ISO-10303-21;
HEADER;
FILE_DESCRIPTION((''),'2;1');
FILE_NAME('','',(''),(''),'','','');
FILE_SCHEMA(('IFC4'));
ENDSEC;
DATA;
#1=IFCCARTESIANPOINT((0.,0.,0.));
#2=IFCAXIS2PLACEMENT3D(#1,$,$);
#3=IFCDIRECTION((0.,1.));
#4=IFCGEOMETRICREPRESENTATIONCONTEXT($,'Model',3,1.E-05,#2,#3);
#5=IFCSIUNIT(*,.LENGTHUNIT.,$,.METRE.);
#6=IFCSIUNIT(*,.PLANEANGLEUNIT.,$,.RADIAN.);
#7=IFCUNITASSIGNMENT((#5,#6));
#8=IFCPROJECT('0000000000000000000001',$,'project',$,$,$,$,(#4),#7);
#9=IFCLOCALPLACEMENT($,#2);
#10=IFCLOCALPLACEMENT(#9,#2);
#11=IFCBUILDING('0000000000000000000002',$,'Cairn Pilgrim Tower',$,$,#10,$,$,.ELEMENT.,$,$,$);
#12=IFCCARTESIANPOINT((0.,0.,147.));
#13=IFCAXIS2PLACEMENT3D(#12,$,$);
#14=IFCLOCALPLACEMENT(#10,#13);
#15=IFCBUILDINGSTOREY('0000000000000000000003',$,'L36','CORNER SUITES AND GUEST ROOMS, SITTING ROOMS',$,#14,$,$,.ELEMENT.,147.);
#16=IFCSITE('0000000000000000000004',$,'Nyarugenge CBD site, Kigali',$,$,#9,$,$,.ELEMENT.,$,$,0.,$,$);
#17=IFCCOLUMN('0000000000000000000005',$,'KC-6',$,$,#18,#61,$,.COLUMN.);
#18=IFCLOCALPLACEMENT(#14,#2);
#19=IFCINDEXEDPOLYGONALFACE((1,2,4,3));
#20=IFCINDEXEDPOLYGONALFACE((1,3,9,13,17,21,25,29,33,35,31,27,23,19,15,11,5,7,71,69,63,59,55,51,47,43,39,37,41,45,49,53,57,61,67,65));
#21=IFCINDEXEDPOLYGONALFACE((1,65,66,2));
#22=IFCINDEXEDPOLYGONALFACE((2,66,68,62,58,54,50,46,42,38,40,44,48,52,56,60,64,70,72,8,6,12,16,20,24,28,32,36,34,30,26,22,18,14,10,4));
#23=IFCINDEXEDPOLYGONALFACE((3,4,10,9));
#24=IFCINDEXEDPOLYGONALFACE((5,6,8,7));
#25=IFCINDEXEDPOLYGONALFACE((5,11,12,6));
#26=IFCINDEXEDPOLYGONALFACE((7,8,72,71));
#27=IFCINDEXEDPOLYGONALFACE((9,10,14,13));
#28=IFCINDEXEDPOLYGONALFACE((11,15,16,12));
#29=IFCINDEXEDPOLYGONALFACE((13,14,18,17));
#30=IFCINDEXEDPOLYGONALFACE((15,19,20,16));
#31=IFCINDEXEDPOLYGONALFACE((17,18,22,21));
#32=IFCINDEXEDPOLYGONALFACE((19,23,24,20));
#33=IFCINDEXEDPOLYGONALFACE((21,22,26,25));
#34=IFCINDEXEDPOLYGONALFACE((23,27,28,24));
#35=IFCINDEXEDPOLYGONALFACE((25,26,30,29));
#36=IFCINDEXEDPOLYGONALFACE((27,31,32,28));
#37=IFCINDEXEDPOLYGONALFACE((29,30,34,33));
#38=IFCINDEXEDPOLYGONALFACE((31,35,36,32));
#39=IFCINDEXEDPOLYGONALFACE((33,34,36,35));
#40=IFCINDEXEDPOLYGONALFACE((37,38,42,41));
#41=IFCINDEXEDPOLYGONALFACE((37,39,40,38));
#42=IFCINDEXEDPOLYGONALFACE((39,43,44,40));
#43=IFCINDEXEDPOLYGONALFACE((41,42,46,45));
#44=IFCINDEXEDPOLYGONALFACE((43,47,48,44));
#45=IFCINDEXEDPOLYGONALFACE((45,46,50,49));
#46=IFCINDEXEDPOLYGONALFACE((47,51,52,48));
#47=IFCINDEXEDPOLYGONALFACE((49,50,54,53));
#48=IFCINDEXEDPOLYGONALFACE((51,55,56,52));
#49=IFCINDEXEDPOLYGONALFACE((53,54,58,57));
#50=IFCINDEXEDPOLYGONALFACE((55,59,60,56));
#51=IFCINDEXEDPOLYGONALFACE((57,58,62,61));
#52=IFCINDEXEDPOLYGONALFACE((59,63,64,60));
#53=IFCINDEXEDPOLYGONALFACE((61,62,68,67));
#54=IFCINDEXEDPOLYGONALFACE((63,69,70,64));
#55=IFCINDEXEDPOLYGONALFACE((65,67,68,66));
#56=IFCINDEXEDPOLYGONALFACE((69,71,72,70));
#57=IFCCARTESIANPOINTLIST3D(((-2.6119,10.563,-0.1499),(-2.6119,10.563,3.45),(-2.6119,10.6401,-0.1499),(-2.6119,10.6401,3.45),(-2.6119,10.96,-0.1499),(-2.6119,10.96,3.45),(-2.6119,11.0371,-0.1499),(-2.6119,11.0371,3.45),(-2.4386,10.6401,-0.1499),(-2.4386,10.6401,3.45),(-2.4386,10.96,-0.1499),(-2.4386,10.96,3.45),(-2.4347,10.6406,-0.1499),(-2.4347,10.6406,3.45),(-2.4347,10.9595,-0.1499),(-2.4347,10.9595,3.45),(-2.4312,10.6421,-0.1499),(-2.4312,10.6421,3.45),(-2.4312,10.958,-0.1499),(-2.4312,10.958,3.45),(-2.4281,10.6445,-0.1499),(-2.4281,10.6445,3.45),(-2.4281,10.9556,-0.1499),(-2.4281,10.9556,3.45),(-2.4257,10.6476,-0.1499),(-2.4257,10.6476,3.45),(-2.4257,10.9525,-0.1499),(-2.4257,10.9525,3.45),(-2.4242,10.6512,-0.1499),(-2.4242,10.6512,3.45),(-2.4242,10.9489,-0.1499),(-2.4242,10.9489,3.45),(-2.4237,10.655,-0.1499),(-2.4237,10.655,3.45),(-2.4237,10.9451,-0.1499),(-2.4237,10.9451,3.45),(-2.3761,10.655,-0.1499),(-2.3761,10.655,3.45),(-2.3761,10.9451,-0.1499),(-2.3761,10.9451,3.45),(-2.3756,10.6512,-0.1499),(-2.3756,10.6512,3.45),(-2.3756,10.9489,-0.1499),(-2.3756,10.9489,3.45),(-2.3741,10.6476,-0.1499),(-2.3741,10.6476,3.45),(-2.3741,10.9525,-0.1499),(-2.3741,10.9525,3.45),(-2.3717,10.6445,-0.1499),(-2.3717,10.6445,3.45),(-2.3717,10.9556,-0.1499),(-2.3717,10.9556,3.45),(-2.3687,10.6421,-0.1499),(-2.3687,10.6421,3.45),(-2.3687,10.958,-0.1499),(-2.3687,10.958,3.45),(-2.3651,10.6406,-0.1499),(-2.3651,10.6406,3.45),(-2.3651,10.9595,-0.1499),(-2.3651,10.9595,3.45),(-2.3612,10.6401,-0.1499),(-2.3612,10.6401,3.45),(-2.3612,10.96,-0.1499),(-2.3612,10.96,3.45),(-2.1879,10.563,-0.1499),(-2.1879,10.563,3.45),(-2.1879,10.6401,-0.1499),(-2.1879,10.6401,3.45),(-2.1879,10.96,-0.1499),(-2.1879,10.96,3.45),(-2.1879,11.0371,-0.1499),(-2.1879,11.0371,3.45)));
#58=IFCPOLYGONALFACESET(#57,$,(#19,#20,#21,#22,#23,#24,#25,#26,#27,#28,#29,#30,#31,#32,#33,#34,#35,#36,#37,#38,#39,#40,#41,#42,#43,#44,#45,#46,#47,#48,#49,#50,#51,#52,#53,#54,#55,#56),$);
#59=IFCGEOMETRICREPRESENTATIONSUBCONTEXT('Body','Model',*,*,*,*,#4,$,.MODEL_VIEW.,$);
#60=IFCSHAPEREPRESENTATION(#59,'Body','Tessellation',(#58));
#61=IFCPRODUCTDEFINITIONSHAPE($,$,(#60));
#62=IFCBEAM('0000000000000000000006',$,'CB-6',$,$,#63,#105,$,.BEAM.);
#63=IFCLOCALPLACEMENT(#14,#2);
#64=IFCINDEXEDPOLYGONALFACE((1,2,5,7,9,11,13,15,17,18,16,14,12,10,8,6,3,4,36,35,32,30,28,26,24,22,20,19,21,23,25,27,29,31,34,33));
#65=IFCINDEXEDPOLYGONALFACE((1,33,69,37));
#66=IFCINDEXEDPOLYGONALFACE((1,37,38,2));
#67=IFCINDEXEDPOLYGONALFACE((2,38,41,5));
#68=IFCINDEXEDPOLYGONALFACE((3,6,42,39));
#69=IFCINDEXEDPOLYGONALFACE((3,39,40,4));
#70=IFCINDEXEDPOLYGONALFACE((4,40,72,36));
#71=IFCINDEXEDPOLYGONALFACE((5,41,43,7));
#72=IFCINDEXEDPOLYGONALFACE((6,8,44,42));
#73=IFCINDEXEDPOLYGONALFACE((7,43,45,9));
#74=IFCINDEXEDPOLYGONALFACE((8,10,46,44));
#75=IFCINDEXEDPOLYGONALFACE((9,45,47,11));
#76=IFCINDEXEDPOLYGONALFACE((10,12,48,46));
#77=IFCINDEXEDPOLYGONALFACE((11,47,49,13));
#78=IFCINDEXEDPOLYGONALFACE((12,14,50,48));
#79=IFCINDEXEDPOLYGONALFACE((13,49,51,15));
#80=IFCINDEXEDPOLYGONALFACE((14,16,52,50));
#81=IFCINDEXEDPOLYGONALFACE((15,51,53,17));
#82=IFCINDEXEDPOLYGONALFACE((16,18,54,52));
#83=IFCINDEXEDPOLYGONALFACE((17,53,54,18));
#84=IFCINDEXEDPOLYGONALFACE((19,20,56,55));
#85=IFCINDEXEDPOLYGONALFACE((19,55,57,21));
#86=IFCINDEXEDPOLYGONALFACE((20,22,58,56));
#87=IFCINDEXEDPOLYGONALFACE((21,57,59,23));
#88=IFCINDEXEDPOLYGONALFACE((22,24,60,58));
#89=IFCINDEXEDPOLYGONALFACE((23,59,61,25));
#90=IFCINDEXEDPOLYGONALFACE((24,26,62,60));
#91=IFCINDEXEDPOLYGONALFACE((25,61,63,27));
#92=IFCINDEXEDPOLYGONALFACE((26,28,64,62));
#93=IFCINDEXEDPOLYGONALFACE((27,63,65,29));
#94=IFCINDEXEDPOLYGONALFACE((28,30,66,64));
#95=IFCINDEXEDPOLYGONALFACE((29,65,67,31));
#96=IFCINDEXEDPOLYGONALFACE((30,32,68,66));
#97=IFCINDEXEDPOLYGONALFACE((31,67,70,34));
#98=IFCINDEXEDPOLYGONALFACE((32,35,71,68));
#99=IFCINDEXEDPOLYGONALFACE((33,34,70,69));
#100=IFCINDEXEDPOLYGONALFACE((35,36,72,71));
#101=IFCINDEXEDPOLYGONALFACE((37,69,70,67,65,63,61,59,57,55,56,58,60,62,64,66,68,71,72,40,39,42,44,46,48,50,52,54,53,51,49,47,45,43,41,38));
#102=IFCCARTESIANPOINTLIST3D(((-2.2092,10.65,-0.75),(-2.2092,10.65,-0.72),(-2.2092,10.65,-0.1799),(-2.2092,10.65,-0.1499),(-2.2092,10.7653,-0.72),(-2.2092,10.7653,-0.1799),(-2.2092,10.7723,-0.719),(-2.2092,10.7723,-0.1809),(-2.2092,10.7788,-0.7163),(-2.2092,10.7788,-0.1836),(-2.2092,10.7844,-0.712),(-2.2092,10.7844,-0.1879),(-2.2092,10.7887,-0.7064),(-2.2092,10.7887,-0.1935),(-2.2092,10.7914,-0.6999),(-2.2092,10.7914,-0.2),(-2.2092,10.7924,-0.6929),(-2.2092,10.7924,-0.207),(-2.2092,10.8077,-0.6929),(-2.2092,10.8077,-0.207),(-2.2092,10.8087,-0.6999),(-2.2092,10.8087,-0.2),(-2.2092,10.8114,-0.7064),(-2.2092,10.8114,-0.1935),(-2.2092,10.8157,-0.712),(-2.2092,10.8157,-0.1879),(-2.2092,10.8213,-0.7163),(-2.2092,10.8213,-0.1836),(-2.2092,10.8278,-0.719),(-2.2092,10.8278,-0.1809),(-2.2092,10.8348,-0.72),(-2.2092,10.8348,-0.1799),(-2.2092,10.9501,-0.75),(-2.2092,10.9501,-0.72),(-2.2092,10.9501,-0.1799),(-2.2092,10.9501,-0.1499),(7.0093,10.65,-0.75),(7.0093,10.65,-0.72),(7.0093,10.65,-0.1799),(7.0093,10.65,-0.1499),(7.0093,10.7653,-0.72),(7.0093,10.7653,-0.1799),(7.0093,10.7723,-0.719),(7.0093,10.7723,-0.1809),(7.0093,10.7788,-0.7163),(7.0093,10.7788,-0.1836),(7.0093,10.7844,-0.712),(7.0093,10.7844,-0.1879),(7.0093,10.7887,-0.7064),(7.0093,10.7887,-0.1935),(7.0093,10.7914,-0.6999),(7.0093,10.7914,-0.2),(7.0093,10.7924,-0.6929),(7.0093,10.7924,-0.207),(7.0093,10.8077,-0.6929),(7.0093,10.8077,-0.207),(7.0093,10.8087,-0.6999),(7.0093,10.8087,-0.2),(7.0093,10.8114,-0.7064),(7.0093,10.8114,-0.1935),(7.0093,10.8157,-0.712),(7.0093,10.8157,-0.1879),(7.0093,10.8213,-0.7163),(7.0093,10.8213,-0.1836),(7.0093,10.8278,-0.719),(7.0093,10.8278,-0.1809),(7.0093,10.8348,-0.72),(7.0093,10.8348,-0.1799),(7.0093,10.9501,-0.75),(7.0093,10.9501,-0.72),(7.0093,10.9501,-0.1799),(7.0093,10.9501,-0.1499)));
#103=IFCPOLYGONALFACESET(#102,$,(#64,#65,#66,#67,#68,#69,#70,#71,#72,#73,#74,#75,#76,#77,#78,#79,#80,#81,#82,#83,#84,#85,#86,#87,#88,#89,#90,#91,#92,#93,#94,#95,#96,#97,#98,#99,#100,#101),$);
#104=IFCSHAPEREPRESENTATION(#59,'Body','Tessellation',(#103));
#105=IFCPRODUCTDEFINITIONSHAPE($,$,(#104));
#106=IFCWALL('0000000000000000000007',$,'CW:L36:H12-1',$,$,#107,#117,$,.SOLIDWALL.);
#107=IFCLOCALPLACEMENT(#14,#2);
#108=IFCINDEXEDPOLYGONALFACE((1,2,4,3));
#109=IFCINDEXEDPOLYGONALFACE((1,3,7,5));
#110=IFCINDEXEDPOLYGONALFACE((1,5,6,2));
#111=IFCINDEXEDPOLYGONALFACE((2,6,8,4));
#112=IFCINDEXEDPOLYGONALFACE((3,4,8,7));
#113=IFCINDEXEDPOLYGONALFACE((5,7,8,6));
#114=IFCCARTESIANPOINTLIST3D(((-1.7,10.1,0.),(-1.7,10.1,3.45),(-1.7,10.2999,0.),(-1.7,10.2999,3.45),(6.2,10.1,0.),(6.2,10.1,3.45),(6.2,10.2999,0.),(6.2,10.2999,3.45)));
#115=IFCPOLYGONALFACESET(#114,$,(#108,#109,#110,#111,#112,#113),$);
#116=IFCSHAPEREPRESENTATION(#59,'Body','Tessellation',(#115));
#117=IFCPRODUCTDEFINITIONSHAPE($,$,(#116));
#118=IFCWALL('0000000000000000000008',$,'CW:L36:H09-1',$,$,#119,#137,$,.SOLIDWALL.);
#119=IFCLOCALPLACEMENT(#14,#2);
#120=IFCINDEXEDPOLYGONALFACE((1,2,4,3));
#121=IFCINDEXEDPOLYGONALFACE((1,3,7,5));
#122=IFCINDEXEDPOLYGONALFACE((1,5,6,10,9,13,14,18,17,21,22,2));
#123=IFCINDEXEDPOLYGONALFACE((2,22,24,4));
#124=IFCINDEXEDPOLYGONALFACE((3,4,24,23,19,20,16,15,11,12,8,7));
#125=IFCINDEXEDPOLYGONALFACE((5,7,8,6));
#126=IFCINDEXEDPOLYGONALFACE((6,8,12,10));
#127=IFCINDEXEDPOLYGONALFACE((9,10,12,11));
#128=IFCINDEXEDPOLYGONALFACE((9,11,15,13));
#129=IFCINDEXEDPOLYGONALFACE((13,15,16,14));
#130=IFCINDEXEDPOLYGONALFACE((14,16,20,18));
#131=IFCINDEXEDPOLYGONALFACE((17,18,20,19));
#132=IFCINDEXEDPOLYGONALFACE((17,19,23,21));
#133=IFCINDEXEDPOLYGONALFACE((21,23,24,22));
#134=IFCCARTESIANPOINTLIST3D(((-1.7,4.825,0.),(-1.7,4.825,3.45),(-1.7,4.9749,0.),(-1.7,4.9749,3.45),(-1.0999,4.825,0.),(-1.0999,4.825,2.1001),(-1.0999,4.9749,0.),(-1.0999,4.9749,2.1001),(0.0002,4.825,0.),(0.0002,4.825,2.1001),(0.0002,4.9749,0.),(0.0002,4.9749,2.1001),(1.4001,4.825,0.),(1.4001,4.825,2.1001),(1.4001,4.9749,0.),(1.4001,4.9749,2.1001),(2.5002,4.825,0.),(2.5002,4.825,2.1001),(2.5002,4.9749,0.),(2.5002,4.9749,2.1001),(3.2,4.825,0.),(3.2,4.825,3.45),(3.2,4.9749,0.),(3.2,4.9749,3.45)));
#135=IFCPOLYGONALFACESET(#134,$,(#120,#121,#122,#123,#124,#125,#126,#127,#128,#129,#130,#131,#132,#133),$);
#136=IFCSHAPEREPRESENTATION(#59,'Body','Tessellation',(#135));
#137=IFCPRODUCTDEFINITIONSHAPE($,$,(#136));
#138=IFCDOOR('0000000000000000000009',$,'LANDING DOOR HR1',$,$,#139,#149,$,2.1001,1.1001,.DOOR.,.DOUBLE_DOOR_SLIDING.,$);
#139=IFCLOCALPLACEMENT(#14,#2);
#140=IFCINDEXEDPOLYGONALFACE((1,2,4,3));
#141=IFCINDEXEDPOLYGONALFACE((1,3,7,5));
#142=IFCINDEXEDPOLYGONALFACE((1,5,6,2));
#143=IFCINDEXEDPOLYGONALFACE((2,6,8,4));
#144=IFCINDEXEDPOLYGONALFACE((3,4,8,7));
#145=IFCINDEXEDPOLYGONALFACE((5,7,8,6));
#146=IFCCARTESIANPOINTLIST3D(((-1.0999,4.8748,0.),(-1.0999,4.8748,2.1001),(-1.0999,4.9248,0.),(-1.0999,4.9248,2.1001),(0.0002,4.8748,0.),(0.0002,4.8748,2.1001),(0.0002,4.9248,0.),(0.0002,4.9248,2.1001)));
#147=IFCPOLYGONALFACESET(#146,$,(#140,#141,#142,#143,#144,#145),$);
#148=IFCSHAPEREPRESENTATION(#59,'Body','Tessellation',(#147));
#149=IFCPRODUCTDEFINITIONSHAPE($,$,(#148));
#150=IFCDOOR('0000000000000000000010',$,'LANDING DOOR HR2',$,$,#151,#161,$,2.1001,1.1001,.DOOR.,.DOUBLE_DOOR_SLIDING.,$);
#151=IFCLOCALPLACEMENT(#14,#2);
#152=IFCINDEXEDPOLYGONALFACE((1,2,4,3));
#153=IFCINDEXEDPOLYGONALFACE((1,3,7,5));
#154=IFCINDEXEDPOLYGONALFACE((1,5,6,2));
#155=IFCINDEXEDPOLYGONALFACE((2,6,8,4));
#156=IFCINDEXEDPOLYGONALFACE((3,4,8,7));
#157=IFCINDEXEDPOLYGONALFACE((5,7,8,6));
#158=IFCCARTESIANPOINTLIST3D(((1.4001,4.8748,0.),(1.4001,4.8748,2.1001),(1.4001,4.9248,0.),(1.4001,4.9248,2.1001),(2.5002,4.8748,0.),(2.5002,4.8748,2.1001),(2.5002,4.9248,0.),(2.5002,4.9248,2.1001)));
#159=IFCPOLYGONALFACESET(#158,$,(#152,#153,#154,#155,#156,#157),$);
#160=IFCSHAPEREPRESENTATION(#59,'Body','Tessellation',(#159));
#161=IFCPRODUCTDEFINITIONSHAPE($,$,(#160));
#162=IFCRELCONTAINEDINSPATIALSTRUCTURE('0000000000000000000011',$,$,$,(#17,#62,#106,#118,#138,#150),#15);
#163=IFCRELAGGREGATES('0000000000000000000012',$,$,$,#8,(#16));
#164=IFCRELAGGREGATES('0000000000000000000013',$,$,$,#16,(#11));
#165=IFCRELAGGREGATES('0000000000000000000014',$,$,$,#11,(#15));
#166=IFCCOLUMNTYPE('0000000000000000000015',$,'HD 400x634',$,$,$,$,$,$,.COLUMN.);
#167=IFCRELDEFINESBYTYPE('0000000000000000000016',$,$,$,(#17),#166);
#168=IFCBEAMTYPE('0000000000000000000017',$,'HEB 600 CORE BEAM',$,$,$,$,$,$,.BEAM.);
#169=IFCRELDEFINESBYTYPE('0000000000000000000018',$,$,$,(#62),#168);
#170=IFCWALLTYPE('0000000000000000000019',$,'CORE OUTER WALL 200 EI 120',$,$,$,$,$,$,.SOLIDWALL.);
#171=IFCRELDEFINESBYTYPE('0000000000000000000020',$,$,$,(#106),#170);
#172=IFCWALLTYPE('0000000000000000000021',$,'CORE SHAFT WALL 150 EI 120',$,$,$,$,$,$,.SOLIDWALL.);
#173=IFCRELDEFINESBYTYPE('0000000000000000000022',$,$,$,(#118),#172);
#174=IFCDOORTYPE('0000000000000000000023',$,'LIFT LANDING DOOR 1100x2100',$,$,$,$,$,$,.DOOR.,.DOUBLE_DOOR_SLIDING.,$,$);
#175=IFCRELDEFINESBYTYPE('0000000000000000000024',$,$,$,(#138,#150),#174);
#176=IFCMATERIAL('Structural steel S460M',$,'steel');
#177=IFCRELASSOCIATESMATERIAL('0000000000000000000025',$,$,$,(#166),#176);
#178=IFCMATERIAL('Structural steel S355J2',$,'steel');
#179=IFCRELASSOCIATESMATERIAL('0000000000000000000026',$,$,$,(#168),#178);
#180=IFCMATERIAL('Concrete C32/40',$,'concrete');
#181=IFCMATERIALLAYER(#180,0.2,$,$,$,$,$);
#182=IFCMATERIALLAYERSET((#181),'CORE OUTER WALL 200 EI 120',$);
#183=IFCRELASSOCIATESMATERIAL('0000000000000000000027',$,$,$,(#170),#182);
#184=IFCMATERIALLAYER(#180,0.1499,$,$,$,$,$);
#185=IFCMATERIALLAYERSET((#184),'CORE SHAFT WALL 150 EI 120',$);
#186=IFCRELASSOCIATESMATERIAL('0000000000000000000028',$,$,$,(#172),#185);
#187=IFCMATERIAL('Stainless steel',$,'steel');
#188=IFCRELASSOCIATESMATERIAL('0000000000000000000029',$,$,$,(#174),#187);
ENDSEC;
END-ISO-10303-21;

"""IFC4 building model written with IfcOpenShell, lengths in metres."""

from ifc_helpers import new_model, si_unit, direction, frame, frame_2d, origin, origin_2d, place, context, subcontext, project, spatial, rectangle, i_section, extrude, material, layer, layer_set, material_profile, profile_set, type_object, element, fill, save


model = new_model("IFC4")

# Units and contexts
model_context = context("Model", 3, precision=1e-05, world=origin(), true_north=direction((0.0, 1.0)))
body_context = subcontext(model_context, "Body", "Model", "MODEL_VIEW")
ifc_project = project(units=[si_unit("LENGTHUNIT", "METRE"), si_unit("PLANEANGLEUNIT", "RADIAN")], contexts=[model_context])

# Site, building, storey
site_placement = place(None, origin())
site = spatial("IfcSite", under=ifc_project, at=site_placement, Name="Nyarugenge CBD site, Kigali", CompositionType="ELEMENT", RefElevation=0.0)
building_placement = place(site_placement, origin())
building = spatial("IfcBuilding", under=site, at=building_placement, Name="Cairn Pilgrim Tower", CompositionType="ELEMENT")
storey_placement = place(building_placement, frame((0.0, 0.0, 147.0)))
storey = spatial("IfcBuildingStorey", under=building, at=storey_placement, Name="L36", Description="CORNER SUITES AND GUEST ROOMS, SITTING ROOMS", CompositionType="ELEMENT", Elevation=147.0)

# Column
ifc_material_1 = material(Name="Structural steel S460M", Category="steel")
ifc_material_profile_1 = material_profile(ifc_material_1, i_section(OverallWidth=0.4241, OverallDepth=0.4741, WebThickness=0.0476, FlangeThickness=0.0771, FilletRadius=0.0149, at=origin_2d()), Name="HD 400x634")
ifc_profile_set_1 = profile_set([ifc_material_profile_1], Name="Structural steel S460M")
column_type = type_object("IfcColumnType", Name="HD 400x634", PredefinedType="COLUMN", material=ifc_profile_set_1)
column_placement = place(storey_placement, frame((-2.3999, 10.8, -0.1499), z_axis=(0.0, 0.0, 1.0), x_axis=(1.0, 0.0, 0.0)))
element("IfcColumn", 1, at=column_placement, inside=storey, type_object=column_type, Name="KC-6", PredefinedType="COLUMN", context=body_context, shape_type="SweptSolid", body=[
    extrude(i_section(OverallWidth=0.4241, OverallDepth=0.4741, WebThickness=0.0476, FlangeThickness=0.0771, FilletRadius=0.0149, at=origin_2d()), origin(), (0.0, 0.0, 1.0), 3.5999),
])

# Beam
ifc_material_2 = material(Name="Structural steel S355J2", Category="steel")
ifc_material_profile_2 = material_profile(ifc_material_2, i_section(OverallWidth=0.3, OverallDepth=0.6001, WebThickness=0.0154, FlangeThickness=0.03, FilletRadius=0.0271, at=origin_2d()), Name="HEB 600")
ifc_profile_set_2 = profile_set([ifc_material_profile_2], Name="Structural steel S355J2")
beam_type = type_object("IfcBeamType", Name="HEB 600 CORE BEAM", PredefinedType="BEAM", material=ifc_profile_set_2)
beam_placement = place(storey_placement, frame((7.0093, 10.8, -0.45), z_axis=(-1.0, 0.0, 0.0), x_axis=(0.0, -1.0, 0.0)))
element("IfcBeam", 2, at=beam_placement, inside=storey, type_object=beam_type, Name="CB-6", PredefinedType="BEAM", context=body_context, shape_type="SweptSolid", body=[
    extrude(i_section(OverallWidth=0.3, OverallDepth=0.6001, WebThickness=0.0154, FlangeThickness=0.03, FilletRadius=0.0271, at=origin_2d()), origin(), (0.0, 0.0, 1.0), 9.2185),
])

# Wall
ifc_material_3 = material(Name="Concrete C32/40", Category="concrete")
ifc_layer_1 = layer(ifc_material_3, 0.2)
ifc_layer_set_1 = layer_set([ifc_layer_1], Name="CORE OUTER WALL 200 EI 120")
wall_type_1 = type_object("IfcWallType", Name="CORE OUTER WALL 200 EI 120", PredefinedType="SOLIDWALL", material=ifc_layer_set_1)
wall_1_placement = place(storey_placement, frame((-1.7, 10.2, 0.0), z_axis=(0.0, 0.0, 1.0), x_axis=(1.0, 0.0, 0.0)))
element("IfcWall", 3, at=wall_1_placement, inside=storey, type_object=wall_type_1, Name="CW:L36:H12-1", PredefinedType="SOLIDWALL", context=body_context, shape_type="SweptSolid", body=[
    extrude(rectangle(XDim=7.8999, YDim=0.2, at=frame_2d((3.95, 0.0))), origin(), (0.0, 0.0, 1.0), 3.45),
])

# Wall, openings, doors
ifc_layer_2 = layer(ifc_material_3, 0.1499)
ifc_layer_set_2 = layer_set([ifc_layer_2], Name="CORE SHAFT WALL 150 EI 120")
wall_type_2 = type_object("IfcWallType", Name="CORE SHAFT WALL 150 EI 120", PredefinedType="SOLIDWALL", material=ifc_layer_set_2)
wall_2_placement = place(storey_placement, frame((-1.7, 4.8999, 0.0), z_axis=(0.0, 0.0, 1.0), x_axis=(1.0, 0.0, 0.0)))
wall_2 = element("IfcWall", 4, at=wall_2_placement, inside=storey, type_object=wall_type_2, Name="CW:L36:H09-1", PredefinedType="SOLIDWALL", context=body_context, shape_type="SweptSolid", body=[
    extrude(rectangle(XDim=4.8999, YDim=0.1499, at=frame_2d((2.45, 0.0))), origin(), (0.0, 0.0, 1.0), 3.45),
])
opening_1_placement = place(wall_2_placement, frame((0.6001, 0.0, 0.0)))
opening_1 = element("IfcOpeningElement", 5, at=opening_1_placement, cuts=wall_2, PredefinedType="OPENING", context=body_context, shape_type="SweptSolid", body=[
    extrude(rectangle(XDim=1.1001, YDim=2.1001, at=frame_2d((0.55, 1.05))), frame((0.0, 0.085, 0.0), z_axis=(0.0, -1.0, 0.0), x_axis=(1.0, 0.0, 0.0)), (0.0, 0.0, 1.0), 0.1699),
])
opening_2_placement = place(wall_2_placement, frame((3.1001, 0.0, 0.0)))
opening_2 = element("IfcOpeningElement", 6, at=opening_2_placement, cuts=wall_2, PredefinedType="OPENING", context=body_context, shape_type="SweptSolid", body=[
    extrude(rectangle(XDim=1.1001, YDim=2.1001, at=frame_2d((0.55, 1.05))), frame((0.0, 0.085, 0.0), z_axis=(0.0, -1.0, 0.0), x_axis=(1.0, 0.0, 0.0)), (0.0, 0.0, 1.0), 0.1699),
])
ifc_material_4 = material(Name="Stainless steel", Category="steel")
door_type_1 = type_object("IfcDoorType", Name="LIFT LANDING DOOR 1100x2100", OperationType="DOUBLE_DOOR_SLIDING", PredefinedType="DOOR", material=ifc_material_4)
door_1_placement = place(opening_1_placement, origin())
door_1 = element("IfcDoor", 7, at=door_1_placement, inside=storey, type_object=door_type_1, Name="LANDING DOOR HR1", OperationType="DOUBLE_DOOR_SLIDING", OverallHeight=2.1001, OverallWidth=1.1001, PredefinedType="DOOR", context=body_context, shape_type="SweptSolid", body=[
    extrude(rectangle(XDim=1.1001, YDim=2.1001, at=frame_2d((0.55, 1.05))), frame((0.0, 0.0249, 0.0), z_axis=(0.0, -1.0, 0.0), x_axis=(1.0, 0.0, 0.0)), (0.0, 0.0, 1.0), 0.05),
])
fill(opening_1, door_1)
door_2_placement = place(opening_2_placement, origin())
door_2 = element("IfcDoor", 8, at=door_2_placement, inside=storey, type_object=door_type_1, Name="LANDING DOOR HR2", OperationType="DOUBLE_DOOR_SLIDING", OverallHeight=2.1001, OverallWidth=1.1001, PredefinedType="DOOR", context=body_context, shape_type="SweptSolid", body=[
    extrude(rectangle(XDim=1.1001, YDim=2.1001, at=frame_2d((0.55, 1.05))), frame((0.0, 0.0249, 0.0), z_axis=(0.0, -1.0, 0.0), x_axis=(1.0, 0.0, 0.0)), (0.0, 0.0, 1.0), 0.05),
])
fill(opening_2, door_2)

save(model, "model.ifc")
